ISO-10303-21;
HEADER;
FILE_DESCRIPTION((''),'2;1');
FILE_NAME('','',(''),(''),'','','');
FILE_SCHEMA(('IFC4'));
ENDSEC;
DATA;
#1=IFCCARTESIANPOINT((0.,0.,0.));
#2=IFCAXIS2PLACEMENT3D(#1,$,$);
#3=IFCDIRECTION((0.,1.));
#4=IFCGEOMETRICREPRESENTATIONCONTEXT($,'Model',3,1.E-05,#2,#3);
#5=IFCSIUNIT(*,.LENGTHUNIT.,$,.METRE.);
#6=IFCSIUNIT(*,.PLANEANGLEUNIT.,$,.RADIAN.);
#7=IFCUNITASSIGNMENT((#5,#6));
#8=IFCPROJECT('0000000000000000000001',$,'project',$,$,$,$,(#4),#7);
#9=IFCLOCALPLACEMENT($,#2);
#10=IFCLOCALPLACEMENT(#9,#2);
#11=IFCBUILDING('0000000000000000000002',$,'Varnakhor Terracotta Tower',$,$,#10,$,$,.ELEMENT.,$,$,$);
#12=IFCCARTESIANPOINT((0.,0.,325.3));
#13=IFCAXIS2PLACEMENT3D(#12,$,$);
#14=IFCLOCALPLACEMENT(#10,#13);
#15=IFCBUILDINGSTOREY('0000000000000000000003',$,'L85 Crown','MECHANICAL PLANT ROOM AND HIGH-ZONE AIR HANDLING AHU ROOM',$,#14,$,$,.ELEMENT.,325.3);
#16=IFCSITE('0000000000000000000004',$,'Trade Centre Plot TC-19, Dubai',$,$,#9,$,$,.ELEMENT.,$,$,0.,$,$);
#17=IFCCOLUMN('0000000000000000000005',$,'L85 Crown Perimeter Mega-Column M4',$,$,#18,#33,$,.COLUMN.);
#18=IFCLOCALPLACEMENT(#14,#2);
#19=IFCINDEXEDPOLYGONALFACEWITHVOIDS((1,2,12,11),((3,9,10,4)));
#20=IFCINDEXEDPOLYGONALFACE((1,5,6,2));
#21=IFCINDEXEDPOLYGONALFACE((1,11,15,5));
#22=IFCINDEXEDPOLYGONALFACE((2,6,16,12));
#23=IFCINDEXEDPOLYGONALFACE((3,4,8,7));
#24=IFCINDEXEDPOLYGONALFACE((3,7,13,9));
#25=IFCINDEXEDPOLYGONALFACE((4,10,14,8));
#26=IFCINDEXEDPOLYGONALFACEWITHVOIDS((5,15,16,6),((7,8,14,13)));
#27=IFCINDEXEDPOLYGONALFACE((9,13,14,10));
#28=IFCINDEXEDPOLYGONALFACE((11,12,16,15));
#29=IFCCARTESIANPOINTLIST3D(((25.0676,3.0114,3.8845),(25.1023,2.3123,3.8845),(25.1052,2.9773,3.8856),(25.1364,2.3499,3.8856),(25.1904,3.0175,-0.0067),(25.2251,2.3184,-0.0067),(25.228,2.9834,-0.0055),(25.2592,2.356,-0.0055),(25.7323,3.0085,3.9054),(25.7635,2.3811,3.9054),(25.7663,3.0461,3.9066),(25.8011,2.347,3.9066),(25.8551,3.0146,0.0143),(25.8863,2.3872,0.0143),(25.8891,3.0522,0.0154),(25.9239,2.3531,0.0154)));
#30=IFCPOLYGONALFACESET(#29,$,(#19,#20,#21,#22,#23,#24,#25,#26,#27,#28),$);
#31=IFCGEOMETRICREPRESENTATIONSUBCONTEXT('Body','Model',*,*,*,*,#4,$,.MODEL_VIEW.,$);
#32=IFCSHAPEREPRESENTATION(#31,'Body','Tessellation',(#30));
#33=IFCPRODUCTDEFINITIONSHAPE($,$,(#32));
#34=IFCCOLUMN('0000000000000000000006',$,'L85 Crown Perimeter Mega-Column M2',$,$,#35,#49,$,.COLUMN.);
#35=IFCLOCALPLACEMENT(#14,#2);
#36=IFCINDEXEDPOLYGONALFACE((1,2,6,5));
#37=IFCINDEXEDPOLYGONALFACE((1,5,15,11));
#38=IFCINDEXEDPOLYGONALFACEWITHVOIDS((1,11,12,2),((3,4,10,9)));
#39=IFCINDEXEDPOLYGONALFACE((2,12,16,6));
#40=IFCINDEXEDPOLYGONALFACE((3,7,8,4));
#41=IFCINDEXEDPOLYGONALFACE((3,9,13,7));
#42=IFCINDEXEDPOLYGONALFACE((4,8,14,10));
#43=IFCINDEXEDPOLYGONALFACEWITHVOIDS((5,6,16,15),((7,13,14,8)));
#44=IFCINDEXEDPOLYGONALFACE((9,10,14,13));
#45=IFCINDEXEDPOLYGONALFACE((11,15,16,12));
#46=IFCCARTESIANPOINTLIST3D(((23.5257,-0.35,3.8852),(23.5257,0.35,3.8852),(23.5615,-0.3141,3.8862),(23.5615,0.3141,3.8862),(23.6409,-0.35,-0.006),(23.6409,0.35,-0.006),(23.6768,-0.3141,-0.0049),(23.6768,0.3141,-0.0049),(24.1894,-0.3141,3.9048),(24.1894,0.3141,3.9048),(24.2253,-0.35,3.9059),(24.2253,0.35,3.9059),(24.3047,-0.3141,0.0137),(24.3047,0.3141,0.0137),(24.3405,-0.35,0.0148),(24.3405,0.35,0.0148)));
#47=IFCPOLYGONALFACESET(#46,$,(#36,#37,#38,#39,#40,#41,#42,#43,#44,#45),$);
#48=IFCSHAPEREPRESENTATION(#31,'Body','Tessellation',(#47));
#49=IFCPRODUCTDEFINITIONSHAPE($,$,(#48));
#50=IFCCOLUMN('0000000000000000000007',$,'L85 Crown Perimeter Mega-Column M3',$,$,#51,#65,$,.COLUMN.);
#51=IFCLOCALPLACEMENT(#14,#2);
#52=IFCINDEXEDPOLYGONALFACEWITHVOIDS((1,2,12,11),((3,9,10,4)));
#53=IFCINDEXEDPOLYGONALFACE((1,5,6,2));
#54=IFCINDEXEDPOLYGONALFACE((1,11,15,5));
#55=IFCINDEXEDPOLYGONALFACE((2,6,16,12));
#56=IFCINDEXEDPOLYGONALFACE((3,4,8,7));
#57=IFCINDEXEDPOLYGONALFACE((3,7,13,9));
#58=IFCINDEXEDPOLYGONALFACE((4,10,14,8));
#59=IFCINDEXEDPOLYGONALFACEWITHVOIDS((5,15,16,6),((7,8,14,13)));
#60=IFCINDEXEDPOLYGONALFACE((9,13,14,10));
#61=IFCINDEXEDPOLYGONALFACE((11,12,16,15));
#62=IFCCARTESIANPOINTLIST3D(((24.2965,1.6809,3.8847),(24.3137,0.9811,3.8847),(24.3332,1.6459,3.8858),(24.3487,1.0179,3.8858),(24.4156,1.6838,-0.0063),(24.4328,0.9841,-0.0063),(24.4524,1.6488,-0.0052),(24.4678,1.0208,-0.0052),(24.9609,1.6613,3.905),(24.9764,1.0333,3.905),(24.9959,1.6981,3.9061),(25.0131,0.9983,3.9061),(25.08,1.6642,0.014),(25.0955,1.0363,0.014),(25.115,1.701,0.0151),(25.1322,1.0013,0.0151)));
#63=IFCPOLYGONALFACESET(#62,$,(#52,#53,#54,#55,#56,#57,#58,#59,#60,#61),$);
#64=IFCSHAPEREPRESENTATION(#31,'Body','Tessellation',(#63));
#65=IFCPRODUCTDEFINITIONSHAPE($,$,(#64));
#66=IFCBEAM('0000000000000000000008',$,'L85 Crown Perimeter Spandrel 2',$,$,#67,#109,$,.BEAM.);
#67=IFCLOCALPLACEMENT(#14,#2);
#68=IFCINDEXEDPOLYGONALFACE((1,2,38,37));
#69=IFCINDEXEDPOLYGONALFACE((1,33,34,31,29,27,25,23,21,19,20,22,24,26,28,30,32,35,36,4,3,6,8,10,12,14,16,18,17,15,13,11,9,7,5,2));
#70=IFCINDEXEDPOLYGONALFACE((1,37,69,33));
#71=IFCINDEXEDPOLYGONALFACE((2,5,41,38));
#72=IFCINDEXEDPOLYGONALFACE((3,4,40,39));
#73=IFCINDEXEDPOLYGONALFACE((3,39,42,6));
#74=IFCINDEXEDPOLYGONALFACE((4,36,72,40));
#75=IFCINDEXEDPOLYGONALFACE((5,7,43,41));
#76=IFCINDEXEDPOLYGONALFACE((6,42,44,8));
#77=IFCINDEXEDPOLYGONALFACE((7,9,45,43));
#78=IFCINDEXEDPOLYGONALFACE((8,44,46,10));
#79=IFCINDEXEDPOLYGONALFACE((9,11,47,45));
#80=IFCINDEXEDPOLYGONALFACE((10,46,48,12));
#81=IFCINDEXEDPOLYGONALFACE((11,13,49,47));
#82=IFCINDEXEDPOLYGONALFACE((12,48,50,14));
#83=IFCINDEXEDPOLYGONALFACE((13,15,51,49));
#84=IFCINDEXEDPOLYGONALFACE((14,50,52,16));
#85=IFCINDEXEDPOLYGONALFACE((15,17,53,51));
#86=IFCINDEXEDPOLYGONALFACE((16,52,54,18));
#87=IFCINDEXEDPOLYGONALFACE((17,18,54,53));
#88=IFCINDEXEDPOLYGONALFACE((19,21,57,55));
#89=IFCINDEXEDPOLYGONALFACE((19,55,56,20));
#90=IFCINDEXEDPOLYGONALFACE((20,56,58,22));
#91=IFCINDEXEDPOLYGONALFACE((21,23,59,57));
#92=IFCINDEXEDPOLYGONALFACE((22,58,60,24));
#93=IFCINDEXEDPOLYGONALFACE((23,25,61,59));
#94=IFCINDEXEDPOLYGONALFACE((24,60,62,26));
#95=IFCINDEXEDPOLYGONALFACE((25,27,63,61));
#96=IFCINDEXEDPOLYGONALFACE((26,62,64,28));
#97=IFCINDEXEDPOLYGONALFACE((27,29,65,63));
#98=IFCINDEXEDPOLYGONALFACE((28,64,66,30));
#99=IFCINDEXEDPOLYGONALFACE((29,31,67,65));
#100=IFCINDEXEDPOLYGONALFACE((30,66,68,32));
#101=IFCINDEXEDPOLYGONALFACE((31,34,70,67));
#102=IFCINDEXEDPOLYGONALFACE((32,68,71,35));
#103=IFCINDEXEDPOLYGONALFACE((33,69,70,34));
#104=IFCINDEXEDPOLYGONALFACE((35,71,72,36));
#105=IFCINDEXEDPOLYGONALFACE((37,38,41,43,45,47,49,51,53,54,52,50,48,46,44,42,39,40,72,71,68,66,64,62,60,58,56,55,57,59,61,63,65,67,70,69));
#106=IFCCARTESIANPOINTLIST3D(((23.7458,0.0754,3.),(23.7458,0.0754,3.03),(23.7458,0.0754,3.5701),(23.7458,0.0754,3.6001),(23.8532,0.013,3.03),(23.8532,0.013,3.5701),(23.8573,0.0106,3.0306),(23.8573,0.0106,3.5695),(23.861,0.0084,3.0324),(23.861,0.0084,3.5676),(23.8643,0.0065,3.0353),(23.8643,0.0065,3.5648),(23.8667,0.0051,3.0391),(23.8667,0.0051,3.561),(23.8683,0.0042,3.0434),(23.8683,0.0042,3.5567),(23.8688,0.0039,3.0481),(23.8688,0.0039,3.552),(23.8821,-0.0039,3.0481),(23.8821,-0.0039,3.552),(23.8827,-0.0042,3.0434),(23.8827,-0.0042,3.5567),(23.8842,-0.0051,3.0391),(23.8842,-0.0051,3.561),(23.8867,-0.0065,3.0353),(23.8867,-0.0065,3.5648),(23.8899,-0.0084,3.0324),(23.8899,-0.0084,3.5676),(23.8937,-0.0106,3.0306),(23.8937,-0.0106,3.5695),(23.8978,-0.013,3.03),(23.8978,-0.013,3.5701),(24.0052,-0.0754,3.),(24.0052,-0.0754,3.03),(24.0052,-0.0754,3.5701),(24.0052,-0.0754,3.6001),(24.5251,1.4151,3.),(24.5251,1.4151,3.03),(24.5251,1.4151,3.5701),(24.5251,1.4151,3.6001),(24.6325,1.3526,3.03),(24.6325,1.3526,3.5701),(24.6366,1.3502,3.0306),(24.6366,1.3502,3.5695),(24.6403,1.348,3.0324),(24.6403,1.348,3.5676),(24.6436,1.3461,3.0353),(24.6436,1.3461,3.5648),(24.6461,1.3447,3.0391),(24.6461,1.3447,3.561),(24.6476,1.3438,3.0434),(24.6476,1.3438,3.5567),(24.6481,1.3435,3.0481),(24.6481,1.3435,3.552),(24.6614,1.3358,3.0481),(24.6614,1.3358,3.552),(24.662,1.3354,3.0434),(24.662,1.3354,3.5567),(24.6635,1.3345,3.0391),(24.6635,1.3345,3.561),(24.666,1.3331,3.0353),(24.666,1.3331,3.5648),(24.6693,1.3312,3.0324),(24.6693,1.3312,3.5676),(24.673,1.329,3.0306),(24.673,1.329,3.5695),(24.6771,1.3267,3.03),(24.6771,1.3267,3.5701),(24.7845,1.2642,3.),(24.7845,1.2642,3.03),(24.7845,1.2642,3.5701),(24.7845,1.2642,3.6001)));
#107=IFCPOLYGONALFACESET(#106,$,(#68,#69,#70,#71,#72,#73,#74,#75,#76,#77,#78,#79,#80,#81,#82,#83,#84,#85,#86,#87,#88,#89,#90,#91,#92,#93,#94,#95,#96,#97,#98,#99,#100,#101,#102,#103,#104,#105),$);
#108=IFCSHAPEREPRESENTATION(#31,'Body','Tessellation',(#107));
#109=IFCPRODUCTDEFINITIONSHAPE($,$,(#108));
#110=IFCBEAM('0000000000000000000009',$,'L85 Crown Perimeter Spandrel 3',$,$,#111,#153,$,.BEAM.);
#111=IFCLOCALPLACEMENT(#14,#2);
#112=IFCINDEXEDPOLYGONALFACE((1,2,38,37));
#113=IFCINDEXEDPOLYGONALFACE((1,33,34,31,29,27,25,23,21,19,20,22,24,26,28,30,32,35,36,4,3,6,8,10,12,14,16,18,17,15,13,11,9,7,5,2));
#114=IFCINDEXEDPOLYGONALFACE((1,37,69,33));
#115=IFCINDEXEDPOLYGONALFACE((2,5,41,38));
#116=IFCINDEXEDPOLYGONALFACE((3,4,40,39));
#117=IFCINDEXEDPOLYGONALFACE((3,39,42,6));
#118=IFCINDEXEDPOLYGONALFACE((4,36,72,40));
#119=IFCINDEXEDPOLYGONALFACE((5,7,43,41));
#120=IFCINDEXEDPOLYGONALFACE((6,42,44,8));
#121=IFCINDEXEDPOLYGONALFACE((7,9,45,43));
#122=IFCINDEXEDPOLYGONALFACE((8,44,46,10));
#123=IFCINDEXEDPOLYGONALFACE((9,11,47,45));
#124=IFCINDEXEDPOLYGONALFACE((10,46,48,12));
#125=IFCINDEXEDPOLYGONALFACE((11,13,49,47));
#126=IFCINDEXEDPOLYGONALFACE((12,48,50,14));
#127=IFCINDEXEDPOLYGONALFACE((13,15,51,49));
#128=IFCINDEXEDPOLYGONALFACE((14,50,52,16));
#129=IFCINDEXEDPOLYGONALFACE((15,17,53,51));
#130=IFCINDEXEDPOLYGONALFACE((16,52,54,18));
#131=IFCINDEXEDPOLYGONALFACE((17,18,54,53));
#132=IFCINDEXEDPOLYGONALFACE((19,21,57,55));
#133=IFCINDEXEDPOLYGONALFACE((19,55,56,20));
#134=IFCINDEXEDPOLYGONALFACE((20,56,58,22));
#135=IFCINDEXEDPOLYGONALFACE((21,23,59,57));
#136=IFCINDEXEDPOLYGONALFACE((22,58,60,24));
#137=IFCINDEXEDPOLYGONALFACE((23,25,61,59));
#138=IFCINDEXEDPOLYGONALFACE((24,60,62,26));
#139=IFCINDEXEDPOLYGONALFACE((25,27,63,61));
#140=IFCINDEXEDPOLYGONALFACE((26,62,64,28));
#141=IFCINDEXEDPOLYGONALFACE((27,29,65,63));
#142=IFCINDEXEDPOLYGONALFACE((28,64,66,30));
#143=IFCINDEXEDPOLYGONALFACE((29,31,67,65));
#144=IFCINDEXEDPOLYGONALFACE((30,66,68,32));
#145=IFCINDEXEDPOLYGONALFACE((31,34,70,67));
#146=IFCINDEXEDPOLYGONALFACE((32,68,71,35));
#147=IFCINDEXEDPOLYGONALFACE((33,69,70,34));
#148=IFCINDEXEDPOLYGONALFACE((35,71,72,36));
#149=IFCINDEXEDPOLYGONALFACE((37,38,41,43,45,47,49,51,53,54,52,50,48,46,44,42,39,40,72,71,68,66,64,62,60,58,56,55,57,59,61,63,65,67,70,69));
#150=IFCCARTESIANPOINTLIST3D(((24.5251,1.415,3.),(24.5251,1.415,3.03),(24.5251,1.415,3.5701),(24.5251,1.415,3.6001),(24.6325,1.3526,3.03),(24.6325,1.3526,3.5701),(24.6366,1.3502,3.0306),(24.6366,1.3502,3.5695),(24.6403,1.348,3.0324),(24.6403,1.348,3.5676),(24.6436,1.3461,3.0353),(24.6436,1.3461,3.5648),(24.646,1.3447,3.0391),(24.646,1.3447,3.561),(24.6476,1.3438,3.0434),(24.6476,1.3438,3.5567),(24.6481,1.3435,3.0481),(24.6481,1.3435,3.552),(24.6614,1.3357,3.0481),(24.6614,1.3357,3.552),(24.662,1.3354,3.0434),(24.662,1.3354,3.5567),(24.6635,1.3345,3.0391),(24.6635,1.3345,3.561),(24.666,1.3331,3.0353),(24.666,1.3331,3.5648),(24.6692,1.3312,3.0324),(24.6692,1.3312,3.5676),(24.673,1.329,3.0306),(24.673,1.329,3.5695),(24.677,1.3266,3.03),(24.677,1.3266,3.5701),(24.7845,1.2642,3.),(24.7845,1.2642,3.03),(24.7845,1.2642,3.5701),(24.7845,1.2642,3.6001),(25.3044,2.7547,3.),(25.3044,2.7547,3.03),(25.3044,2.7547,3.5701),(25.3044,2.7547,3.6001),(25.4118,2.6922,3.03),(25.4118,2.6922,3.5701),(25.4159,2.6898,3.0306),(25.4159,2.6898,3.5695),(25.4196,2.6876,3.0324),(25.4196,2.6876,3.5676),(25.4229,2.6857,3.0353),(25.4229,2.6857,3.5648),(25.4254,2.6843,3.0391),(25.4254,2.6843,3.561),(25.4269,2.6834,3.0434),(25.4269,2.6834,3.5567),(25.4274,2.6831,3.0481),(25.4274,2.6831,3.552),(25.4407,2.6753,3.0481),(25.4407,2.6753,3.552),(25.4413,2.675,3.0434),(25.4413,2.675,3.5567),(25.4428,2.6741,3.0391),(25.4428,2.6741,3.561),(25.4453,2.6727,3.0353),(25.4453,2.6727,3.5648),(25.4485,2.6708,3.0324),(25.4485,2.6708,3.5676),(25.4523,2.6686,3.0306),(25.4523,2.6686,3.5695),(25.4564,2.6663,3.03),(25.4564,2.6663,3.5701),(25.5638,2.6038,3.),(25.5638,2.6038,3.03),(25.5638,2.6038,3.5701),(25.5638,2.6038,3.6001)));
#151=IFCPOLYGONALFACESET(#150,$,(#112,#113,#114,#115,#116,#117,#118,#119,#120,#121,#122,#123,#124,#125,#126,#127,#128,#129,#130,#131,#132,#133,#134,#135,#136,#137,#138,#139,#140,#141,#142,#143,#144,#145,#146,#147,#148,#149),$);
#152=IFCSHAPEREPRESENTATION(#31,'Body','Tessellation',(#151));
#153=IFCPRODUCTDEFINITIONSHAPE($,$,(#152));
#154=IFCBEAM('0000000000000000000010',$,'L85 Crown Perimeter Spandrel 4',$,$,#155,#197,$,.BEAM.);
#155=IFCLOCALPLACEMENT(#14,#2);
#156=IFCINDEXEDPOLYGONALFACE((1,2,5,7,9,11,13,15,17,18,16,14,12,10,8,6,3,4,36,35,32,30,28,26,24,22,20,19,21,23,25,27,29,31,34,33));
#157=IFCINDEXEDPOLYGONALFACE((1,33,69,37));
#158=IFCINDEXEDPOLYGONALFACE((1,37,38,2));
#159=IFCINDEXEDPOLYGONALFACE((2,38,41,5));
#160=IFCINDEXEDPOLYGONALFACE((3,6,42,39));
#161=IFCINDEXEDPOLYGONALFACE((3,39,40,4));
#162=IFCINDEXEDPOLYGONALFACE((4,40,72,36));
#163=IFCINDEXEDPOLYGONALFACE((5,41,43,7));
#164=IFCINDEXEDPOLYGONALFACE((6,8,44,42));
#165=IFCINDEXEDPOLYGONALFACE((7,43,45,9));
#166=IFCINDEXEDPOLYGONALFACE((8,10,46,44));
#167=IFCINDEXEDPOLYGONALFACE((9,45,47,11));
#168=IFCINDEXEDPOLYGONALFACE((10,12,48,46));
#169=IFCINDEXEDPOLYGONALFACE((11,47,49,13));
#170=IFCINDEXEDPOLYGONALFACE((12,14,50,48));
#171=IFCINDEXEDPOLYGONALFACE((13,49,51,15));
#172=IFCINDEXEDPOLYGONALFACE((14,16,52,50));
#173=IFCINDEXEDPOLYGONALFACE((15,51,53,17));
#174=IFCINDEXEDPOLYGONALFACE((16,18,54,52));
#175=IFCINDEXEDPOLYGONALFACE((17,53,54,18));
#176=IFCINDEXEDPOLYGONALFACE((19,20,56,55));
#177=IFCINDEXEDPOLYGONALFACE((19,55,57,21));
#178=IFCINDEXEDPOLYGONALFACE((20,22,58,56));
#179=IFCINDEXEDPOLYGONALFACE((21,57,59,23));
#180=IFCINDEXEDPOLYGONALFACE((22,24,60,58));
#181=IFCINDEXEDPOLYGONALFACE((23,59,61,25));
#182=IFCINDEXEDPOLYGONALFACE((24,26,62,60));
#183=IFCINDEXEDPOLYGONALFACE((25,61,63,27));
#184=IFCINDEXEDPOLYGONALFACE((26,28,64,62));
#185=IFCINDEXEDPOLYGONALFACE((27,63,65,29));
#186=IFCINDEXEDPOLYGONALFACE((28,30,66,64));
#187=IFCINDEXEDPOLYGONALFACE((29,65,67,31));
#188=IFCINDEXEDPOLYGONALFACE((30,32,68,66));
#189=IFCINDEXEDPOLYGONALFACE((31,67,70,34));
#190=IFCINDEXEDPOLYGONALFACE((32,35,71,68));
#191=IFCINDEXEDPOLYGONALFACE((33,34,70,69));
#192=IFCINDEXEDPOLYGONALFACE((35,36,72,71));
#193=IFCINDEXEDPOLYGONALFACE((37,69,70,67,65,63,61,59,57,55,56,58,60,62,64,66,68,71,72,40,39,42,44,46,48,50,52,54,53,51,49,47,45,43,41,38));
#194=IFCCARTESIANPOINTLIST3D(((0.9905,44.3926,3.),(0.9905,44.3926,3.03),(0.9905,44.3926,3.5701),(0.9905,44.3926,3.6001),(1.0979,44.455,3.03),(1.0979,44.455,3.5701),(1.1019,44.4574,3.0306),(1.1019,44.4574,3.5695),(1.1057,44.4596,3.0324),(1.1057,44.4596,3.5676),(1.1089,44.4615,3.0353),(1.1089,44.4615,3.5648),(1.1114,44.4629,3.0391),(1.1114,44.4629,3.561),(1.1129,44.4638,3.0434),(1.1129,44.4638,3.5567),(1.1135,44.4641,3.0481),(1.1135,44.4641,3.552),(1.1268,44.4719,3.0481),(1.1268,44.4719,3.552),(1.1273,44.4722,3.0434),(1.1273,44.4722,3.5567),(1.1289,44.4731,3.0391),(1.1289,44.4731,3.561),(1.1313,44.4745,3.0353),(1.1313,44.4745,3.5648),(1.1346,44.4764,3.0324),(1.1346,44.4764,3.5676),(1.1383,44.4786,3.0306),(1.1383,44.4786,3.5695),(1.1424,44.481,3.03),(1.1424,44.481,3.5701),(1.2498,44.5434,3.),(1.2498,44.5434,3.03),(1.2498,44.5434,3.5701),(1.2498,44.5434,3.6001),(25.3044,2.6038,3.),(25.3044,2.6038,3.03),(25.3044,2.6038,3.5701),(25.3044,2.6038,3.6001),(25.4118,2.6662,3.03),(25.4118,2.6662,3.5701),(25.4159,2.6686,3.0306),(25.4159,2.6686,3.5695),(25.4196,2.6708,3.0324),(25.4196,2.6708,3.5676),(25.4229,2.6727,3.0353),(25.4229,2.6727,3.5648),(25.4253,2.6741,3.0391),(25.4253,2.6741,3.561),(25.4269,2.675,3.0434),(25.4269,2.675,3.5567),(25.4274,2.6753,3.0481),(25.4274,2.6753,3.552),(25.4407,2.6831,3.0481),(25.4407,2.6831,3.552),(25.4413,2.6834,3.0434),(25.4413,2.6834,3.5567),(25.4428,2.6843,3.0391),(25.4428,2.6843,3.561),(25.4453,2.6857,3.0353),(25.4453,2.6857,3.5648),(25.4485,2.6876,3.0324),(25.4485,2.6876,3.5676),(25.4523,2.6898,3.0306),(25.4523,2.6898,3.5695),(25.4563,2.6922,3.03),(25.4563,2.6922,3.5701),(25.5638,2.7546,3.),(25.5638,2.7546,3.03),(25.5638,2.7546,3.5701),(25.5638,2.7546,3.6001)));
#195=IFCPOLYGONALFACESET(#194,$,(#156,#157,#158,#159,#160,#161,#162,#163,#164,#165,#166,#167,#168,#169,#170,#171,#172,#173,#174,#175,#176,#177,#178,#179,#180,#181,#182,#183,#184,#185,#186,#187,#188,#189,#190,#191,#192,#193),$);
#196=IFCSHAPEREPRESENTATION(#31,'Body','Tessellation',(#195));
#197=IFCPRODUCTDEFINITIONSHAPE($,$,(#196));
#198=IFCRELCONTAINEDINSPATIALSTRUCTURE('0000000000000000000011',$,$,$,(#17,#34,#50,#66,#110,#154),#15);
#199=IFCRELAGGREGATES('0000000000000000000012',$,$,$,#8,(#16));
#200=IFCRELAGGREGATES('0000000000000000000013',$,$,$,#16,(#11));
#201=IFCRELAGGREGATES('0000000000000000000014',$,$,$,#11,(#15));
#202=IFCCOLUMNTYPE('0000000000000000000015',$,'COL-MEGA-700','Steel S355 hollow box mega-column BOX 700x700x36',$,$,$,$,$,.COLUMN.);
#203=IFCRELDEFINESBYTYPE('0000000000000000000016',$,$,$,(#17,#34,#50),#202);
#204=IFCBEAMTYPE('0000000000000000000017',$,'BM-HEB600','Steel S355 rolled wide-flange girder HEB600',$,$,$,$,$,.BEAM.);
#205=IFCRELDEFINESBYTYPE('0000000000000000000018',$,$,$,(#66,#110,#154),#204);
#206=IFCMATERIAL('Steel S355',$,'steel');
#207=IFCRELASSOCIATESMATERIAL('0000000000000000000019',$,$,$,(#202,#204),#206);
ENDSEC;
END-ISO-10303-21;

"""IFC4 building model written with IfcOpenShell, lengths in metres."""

from ifc_helpers import new_model, si_unit, direction, frame, origin, origin_2d, place, context, subcontext, project, spatial, hollow_rectangle, i_section, extrude, source, transform, mapped, material, material_profile, profile_set, type_object, element, save


model = new_model("IFC4")

# Units and contexts
model_context = context("Model", 3, precision=1e-05, world=origin(), true_north=direction((0.0, 1.0)))
body_context = subcontext(model_context, "Body", "Model", "MODEL_VIEW")
ifc_project = project(units=[si_unit("LENGTHUNIT", "METRE"), si_unit("PLANEANGLEUNIT", "RADIAN")], contexts=[model_context])

# Site, building, storey
site_placement = place(None, origin())
site = spatial("IfcSite", under=ifc_project, at=site_placement, Name="Trade Centre Plot TC-19, Dubai", CompositionType="ELEMENT", RefElevation=0.0)
building_placement = place(site_placement, origin())
building = spatial("IfcBuilding", under=site, at=building_placement, Name="Varnakhor Terracotta Tower", CompositionType="ELEMENT")
storey_placement = place(building_placement, frame((0.0, 0.0, 325.3)))
storey = spatial("IfcBuildingStorey", under=building, at=storey_placement, Name="L85 Crown", Description="MECHANICAL PLANT ROOM AND HIGH-ZONE AIR HANDLING AHU ROOM", CompositionType="ELEMENT", Elevation=325.3)

# Columns
ifc_material_1 = material(Name="Steel S355", Category="steel")
ifc_material_profile_1 = material_profile(ifc_material_1, hollow_rectangle(XDim=0.7, YDim=0.7, WallThickness=0.0359, at=origin_2d()), Name="BOX 700x700x36")
ifc_profile_set_1 = profile_set([ifc_material_profile_1], Name="Steel S355")
column_type = type_object("IfcColumnType", Name="COL-MEGA-700", Description="Steel S355 hollow box mega-column BOX 700x700x36", PredefinedType="COLUMN", material=ifc_profile_set_1)
shared_shape_1 = source(origin(), body_context, "Body", "SweptSolid", [
    extrude(hollow_rectangle(XDim=0.7, YDim=0.7, WallThickness=0.0359, at=origin_2d()), origin(), (0.0, 0.0, 1.0), 3.8931),
])
column_placement = place(storey_placement, frame((25.5571, 2.6853, 0.0044), z_axis=(-0.031544, -0.001568, 0.999501), x_axis=(0.049641, -0.998767, 0.0)))
element("IfcColumn", 1, at=column_placement, inside=storey, type_object=column_type, Name="L85 Crown Perimeter Mega-Column M4", PredefinedType="COLUMN", context=body_context, shape_type="MappedRepresentation", body=[
    mapped(shared_shape_1, transform((0.0, 0.0, 0.0), scale=1.0)),
])
shared_shape_2 = source(origin(), body_context, "Body", "SweptSolid", [
    extrude(hollow_rectangle(XDim=0.7, YDim=0.7, WallThickness=0.0359, at=origin_2d()), origin(), (0.0, 0.0, 1.0), 3.8928),
])
for number, where, z_axis, x_axis, name in (
    (2, (23.9907, 0.0, 0.0044), (-0.029602, 0.0, 0.999562), (0.0, -1.0, 0.0), "L85 Crown Perimeter Mega-Column M2"),
    (3, (24.7739, 1.3425, 0.0044), (-0.030604, -0.000753, 0.999531), (0.024583, -0.999698, 0.0), "L85 Crown Perimeter Mega-Column M3"),
):
    element("IfcColumn", number, at=place(storey_placement, frame(where, z_axis=z_axis, x_axis=x_axis)), inside=storey, type_object=column_type, Name=name, PredefinedType="COLUMN", context=body_context, shape_type="MappedRepresentation", body=[
        mapped(shared_shape_2, transform((0.0, 0.0, 0.0), scale=1.0)),
    ])

# Beams
ifc_material_profile_2 = material_profile(ifc_material_1, i_section(OverallWidth=0.3, OverallDepth=0.6001, WebThickness=0.0154, FlangeThickness=0.03, FilletRadius=0.0181, at=origin_2d()), Name="HEB600")
ifc_profile_set_2 = profile_set([ifc_material_profile_2], Name="Steel S355")
beam_type = type_object("IfcBeamType", Name="BM-HEB600", Description="Steel S355 rolled wide-flange girder HEB600", PredefinedType="BEAM", material=ifc_profile_set_2)
shared_shape_3 = source(origin(), body_context, "Body", "SweptSolid", [
    extrude(i_section(OverallWidth=0.3, OverallDepth=0.6001, WebThickness=0.0154, FlangeThickness=0.03, FilletRadius=0.0181, at=origin_2d()), origin(), (0.0, 0.0, 1.0), 1.5498),
])
for number, where, z_axis, x_axis, name in (
    (4, (23.8755, 0.0, 3.3), (0.502842, 0.864378, 0.0), (-0.864378, 0.502842, 0.0), "L85 Crown Perimeter Spandrel 2"),
    (5, (24.6548, 1.3396, 3.3), (0.502842, 0.864378, 0.0), (-0.864378, 0.502842, 0.0), "L85 Crown Perimeter Spandrel 3"),
):
    element("IfcBeam", number, at=place(storey_placement, frame(where, z_axis=z_axis, x_axis=x_axis)), inside=storey, type_object=beam_type, Name=name, PredefinedType="BEAM", context=body_context, shape_type="MappedRepresentation", body=[
        mapped(shared_shape_3, transform((0.0, 0.0, 0.0), scale=1.0)),
    ])
shared_shape_4 = source(origin(), body_context, "Body", "SweptSolid", [
    extrude(i_section(OverallWidth=0.3, OverallDepth=0.6001, WebThickness=0.0154, FlangeThickness=0.03, FilletRadius=0.0181, at=origin_2d()), origin(), (0.0, 0.0, 1.0), 48.3474),
])
beam_placement = place(storey_placement, frame((25.4341, 2.6792, 3.3), z_axis=(-0.502901, 0.864344, 0.0), x_axis=(-0.864344, -0.502901, 0.0)))
element("IfcBeam", 6, at=beam_placement, inside=storey, type_object=beam_type, Name="L85 Crown Perimeter Spandrel 4", PredefinedType="BEAM", context=body_context, shape_type="MappedRepresentation", body=[
    mapped(shared_shape_4, transform((0.0, 0.0, 0.0), scale=1.0)),
])

save(model, "model.ifc")
